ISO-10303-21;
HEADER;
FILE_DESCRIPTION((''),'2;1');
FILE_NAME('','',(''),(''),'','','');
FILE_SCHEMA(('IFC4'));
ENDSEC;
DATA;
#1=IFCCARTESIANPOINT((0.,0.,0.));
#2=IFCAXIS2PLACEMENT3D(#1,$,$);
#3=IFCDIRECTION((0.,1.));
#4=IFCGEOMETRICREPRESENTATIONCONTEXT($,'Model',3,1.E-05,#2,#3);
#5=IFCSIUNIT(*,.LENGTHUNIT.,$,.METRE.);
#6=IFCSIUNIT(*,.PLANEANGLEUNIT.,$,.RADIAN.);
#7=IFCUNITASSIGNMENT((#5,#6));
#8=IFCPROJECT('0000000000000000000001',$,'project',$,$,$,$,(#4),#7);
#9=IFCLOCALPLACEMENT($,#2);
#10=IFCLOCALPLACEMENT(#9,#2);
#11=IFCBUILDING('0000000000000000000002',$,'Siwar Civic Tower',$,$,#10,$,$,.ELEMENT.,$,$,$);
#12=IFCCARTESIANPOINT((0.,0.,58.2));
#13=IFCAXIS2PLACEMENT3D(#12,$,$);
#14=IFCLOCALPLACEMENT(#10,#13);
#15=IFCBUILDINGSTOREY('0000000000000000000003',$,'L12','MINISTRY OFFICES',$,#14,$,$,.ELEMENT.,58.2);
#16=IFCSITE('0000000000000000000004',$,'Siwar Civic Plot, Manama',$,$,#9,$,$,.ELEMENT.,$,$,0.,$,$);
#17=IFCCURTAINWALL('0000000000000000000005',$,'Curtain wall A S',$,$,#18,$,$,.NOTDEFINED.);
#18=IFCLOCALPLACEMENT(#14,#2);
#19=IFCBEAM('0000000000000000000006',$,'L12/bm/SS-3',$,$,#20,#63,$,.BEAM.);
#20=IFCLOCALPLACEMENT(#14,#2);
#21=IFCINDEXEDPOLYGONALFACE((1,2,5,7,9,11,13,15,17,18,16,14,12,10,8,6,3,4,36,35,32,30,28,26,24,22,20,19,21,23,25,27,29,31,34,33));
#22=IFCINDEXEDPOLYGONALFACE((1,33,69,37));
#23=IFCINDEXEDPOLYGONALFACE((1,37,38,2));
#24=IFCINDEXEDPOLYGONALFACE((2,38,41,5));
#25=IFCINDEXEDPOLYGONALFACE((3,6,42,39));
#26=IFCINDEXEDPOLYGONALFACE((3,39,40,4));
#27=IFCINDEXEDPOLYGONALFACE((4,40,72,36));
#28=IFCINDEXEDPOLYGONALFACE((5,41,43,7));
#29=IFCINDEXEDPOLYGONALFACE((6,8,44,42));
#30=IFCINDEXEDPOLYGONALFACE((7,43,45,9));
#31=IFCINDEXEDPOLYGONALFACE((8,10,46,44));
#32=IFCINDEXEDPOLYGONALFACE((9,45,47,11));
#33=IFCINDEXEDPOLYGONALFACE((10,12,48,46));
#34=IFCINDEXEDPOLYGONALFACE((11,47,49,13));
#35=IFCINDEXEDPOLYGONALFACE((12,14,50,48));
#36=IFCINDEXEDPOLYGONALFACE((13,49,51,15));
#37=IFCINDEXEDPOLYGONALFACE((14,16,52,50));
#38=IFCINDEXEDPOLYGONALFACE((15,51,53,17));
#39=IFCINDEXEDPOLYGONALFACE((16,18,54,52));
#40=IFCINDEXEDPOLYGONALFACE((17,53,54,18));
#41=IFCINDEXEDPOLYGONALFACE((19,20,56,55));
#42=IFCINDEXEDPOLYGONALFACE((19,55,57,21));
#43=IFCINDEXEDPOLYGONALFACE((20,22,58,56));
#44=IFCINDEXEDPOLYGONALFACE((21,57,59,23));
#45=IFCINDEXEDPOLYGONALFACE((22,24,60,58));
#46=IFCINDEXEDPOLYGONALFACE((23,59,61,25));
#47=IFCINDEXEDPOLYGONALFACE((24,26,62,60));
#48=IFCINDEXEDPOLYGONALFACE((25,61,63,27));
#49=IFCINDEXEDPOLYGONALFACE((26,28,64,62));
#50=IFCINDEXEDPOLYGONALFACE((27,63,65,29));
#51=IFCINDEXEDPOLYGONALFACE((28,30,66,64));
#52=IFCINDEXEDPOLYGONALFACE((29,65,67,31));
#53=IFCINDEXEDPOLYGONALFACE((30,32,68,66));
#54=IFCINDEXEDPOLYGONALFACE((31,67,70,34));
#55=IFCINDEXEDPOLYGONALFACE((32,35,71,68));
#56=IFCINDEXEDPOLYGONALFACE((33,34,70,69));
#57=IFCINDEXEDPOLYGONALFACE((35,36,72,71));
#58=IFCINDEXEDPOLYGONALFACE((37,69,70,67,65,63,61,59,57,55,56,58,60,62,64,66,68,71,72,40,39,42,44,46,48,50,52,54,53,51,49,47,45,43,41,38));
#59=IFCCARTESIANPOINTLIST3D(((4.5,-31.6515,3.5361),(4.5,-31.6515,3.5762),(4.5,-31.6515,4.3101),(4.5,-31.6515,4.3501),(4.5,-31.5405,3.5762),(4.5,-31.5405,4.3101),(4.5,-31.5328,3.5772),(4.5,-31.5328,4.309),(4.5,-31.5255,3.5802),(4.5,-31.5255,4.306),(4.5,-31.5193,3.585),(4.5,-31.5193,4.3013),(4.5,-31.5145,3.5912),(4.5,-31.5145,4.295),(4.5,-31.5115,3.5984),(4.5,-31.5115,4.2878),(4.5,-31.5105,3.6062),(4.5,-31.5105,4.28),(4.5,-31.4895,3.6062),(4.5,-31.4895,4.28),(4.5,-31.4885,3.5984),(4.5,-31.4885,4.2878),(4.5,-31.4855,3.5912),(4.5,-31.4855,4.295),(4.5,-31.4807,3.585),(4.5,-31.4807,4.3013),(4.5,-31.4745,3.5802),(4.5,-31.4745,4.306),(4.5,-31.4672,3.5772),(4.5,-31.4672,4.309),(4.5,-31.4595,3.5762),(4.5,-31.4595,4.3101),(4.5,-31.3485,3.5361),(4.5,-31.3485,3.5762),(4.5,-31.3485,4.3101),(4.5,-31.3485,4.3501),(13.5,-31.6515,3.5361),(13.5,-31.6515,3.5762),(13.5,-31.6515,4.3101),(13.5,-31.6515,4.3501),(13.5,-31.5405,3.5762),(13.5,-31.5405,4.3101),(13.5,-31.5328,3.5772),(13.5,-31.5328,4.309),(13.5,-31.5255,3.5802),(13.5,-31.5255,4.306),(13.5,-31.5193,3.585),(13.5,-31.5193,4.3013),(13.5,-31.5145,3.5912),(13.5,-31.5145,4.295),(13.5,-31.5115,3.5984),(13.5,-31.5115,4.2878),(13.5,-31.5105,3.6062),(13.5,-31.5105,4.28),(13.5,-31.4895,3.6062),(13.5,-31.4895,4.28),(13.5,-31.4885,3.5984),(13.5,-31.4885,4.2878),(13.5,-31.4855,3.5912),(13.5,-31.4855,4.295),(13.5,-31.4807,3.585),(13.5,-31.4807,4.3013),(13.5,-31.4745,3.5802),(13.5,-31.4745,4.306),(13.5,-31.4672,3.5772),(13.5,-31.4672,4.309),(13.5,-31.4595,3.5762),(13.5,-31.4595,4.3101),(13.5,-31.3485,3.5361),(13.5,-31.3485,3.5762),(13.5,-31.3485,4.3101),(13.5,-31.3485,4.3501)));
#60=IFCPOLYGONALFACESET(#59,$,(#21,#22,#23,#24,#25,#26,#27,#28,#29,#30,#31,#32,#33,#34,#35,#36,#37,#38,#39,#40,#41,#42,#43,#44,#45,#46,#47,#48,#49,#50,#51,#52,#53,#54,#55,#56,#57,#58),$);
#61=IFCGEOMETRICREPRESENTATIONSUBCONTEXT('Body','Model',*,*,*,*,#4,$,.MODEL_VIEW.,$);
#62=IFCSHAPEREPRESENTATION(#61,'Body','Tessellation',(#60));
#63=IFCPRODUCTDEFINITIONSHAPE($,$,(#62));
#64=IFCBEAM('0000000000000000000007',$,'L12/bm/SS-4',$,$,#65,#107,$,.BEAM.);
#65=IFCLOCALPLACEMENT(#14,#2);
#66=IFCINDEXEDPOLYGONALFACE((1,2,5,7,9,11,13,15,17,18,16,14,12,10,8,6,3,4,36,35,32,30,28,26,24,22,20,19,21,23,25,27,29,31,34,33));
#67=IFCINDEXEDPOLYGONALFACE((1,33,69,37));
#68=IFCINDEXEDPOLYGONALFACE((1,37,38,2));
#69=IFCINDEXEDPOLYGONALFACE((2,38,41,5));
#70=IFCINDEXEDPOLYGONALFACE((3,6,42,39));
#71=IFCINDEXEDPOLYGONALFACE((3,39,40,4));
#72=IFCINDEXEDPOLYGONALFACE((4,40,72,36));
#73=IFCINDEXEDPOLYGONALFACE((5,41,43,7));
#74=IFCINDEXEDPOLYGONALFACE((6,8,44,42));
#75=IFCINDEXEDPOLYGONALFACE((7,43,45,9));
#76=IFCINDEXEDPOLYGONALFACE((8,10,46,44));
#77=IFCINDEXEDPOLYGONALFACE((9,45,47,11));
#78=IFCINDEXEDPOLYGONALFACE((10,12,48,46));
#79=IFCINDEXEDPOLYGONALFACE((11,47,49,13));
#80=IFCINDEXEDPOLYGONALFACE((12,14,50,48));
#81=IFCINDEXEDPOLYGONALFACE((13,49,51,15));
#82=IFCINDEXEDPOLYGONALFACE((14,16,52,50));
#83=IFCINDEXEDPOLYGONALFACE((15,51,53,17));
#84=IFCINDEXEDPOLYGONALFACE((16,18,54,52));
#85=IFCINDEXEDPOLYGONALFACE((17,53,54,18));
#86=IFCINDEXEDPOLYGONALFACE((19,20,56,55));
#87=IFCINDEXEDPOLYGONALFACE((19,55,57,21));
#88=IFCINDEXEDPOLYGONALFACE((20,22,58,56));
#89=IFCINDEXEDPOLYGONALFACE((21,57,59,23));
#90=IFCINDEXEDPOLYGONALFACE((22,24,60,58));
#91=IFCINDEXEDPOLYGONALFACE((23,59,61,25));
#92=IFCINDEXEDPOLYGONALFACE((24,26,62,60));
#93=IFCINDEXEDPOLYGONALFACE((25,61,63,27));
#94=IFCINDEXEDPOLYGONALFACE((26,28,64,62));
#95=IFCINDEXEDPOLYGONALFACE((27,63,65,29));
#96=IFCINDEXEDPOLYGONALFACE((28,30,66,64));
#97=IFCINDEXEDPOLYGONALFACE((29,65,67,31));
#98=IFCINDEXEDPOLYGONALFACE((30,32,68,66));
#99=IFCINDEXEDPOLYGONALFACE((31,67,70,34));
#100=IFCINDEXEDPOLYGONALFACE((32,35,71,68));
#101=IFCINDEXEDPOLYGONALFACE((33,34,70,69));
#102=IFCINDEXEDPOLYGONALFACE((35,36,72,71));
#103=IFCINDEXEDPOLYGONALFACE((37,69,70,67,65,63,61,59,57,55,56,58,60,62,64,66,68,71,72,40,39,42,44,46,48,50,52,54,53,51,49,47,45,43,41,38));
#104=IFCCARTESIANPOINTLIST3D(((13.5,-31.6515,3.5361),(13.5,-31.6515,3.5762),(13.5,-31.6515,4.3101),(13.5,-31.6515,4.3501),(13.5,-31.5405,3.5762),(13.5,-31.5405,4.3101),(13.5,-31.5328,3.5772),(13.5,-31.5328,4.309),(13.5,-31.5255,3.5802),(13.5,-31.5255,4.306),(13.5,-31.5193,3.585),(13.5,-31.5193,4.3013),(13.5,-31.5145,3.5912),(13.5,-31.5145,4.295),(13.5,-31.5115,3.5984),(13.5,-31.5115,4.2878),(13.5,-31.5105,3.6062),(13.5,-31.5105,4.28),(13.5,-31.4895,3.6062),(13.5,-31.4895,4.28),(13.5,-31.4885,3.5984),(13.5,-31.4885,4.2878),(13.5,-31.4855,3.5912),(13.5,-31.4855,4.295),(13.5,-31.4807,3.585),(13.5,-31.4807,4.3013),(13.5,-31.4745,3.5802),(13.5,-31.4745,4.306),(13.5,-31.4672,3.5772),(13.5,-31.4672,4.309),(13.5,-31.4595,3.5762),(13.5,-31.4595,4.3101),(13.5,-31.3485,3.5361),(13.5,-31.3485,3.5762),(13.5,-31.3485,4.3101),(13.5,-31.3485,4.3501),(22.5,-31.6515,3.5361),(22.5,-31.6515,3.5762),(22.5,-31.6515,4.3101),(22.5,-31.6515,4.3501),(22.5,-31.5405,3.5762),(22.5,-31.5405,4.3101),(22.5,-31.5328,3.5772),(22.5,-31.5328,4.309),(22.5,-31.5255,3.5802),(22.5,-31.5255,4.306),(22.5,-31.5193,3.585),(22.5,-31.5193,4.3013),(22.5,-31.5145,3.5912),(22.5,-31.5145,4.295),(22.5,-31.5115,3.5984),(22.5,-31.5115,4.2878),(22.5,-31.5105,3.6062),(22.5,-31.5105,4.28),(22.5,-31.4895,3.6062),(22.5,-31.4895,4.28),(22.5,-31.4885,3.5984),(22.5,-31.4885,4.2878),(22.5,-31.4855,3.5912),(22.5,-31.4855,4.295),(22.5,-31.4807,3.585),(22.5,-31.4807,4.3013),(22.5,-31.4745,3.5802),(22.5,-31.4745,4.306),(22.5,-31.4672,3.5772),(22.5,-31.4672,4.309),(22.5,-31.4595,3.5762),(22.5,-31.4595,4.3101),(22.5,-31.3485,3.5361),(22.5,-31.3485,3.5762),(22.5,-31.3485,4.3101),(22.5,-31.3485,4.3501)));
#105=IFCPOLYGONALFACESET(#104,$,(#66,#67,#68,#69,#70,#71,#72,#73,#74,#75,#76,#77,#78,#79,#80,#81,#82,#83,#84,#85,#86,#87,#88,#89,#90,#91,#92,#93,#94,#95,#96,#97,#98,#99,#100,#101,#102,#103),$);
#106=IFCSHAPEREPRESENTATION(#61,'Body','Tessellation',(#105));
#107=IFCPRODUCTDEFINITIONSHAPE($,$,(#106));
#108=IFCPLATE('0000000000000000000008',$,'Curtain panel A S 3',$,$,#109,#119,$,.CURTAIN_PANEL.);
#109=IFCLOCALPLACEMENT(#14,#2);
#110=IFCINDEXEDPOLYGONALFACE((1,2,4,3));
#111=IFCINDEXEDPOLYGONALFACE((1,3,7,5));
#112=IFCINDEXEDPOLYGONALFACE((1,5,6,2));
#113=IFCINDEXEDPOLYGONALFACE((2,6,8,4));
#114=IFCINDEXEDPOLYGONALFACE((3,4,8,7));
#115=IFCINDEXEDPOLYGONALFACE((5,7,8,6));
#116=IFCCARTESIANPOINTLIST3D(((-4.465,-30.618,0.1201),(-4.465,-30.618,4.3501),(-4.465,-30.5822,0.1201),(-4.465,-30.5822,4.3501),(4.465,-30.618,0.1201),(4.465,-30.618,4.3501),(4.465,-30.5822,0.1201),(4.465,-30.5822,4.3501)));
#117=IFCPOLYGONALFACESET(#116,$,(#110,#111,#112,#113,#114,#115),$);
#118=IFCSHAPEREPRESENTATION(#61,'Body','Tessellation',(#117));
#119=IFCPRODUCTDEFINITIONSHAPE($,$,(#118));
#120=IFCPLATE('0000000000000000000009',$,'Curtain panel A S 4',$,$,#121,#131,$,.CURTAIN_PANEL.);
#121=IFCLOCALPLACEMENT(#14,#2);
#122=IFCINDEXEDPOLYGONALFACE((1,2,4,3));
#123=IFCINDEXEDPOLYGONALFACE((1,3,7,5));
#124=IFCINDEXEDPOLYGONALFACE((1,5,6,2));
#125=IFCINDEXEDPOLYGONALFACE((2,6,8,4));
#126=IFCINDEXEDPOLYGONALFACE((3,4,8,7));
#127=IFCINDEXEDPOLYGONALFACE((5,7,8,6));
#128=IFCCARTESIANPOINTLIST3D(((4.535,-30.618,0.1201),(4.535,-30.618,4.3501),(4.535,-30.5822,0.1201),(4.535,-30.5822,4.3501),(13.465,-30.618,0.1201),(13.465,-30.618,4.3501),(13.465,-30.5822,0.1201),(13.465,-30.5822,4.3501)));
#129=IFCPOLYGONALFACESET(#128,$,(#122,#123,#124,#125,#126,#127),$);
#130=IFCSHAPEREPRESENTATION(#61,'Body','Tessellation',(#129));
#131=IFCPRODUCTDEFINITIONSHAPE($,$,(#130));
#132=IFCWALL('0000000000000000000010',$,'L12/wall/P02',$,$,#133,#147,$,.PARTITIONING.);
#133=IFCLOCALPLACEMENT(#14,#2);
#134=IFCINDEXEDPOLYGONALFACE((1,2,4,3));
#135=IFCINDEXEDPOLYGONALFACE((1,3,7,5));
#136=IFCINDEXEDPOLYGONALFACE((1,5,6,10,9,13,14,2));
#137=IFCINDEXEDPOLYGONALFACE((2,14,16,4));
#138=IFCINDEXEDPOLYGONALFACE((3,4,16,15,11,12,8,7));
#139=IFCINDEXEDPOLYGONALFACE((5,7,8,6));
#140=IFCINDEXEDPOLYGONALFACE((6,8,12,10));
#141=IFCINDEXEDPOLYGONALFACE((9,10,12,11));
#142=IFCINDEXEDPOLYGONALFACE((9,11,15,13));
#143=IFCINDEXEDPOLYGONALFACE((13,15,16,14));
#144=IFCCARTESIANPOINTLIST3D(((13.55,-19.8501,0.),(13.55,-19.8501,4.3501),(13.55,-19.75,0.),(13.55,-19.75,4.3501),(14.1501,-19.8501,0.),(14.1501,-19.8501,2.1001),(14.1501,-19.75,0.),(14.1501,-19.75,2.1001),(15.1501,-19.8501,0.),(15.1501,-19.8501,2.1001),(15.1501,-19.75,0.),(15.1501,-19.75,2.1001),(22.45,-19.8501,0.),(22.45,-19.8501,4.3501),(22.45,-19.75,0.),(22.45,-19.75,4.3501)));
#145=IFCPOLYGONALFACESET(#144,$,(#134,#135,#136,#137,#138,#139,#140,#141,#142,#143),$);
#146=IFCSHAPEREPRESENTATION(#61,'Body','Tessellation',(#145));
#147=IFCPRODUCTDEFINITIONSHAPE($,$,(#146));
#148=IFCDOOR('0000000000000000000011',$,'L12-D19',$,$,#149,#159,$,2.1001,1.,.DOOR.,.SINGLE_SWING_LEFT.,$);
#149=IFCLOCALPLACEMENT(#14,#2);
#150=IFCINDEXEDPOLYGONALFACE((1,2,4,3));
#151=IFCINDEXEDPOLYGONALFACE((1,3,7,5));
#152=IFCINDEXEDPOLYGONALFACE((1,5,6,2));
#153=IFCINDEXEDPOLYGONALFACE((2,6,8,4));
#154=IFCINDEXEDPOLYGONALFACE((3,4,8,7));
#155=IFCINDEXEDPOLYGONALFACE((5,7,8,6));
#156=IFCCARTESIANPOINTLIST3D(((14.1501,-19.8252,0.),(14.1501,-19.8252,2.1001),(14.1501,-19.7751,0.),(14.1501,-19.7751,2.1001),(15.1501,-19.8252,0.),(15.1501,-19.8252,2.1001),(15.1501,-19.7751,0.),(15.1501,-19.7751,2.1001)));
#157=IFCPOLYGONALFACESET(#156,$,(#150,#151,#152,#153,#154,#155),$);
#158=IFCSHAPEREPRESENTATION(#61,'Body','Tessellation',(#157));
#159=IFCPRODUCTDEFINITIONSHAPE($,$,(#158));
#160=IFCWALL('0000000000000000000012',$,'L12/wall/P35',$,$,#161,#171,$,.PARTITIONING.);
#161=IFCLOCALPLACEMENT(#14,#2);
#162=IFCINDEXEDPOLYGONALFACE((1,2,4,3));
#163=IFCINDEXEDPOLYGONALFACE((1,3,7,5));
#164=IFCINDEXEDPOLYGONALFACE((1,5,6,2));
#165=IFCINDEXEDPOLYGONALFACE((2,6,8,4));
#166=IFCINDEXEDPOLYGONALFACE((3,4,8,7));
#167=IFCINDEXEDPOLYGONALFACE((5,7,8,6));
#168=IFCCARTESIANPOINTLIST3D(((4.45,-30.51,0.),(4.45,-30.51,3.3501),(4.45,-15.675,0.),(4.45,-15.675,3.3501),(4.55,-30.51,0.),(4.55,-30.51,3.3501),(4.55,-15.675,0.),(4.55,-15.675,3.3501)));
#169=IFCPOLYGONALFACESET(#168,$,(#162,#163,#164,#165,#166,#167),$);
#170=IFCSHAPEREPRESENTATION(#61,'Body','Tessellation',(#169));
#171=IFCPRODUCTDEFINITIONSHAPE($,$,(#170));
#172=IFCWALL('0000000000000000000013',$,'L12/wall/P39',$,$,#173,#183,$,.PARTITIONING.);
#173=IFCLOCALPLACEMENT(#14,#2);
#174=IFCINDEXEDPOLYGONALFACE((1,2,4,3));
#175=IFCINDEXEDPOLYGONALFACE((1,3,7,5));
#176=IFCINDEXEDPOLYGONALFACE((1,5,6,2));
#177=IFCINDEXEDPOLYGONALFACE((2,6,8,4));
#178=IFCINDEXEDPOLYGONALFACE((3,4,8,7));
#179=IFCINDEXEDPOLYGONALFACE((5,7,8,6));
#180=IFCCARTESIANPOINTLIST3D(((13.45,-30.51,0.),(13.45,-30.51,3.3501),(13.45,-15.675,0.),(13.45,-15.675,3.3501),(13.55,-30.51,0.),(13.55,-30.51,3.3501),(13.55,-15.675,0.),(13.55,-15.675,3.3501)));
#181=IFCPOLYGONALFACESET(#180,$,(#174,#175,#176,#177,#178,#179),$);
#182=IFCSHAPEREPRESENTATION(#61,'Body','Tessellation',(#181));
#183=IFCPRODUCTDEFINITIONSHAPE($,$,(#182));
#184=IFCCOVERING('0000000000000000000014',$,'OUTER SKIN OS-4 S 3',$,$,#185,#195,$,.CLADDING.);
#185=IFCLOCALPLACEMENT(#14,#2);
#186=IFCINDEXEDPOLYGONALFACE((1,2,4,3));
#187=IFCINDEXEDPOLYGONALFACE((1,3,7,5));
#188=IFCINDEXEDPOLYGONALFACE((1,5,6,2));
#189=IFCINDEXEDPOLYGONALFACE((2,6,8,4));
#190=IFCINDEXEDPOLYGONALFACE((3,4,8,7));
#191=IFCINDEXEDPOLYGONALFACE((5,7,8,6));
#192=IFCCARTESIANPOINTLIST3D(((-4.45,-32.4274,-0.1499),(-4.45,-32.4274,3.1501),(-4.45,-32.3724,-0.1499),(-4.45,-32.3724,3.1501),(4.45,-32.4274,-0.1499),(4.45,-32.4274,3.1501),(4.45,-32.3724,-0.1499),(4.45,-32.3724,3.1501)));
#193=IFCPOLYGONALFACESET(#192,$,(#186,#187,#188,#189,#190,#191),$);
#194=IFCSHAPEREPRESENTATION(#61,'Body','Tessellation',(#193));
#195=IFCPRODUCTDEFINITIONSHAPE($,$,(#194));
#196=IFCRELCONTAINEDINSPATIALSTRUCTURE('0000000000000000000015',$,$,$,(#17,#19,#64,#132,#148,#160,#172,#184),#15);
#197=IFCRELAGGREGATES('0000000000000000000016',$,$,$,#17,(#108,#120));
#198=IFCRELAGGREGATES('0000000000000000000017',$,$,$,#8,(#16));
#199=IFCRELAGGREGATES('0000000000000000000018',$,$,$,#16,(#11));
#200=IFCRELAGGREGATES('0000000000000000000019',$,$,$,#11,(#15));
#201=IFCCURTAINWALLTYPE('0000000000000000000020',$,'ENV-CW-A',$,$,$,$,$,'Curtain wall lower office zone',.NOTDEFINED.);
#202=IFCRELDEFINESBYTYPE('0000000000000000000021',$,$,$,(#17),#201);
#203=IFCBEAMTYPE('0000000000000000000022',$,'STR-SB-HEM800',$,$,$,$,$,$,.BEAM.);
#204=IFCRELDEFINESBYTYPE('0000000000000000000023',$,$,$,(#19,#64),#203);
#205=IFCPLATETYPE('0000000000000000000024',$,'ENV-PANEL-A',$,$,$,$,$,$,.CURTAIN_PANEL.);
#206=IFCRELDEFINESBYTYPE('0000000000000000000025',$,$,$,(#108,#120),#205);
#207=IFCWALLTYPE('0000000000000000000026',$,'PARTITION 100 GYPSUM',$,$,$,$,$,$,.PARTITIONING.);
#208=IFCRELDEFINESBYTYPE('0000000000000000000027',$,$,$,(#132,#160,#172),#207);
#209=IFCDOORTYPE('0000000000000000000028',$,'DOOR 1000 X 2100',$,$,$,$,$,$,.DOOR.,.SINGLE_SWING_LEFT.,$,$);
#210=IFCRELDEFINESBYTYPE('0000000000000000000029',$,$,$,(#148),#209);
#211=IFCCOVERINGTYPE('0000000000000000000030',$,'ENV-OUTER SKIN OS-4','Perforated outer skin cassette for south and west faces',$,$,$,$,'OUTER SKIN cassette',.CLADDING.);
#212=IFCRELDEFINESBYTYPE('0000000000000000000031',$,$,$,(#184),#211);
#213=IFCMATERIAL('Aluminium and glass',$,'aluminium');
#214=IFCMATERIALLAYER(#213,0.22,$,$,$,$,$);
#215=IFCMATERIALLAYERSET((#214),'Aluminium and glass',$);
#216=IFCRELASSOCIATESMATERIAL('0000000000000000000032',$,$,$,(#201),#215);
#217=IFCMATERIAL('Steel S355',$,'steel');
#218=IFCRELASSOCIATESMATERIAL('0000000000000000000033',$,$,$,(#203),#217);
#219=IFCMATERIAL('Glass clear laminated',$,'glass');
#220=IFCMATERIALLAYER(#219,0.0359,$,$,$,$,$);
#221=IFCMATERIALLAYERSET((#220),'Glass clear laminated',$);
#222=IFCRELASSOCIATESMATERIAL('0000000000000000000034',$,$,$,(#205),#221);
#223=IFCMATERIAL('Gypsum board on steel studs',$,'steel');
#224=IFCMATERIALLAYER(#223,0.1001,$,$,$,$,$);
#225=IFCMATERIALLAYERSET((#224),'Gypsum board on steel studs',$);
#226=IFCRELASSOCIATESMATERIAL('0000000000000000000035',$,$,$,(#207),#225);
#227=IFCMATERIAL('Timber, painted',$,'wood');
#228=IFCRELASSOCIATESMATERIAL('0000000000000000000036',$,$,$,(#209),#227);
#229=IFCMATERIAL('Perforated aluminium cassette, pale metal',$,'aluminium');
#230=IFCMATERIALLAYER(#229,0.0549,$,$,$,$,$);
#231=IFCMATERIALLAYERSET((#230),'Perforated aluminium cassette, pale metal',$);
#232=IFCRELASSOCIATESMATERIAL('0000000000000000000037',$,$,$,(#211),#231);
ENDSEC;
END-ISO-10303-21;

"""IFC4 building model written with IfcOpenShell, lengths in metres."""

from ifc_helpers import new_model, si_unit, direction, frame, frame_2d, origin, origin_2d, place, context, subcontext, project, spatial, rectangle, i_section, extrude, material, layer, layer_set, material_profile, profile_set, type_object, element, fill, aggregate, save


model = new_model("IFC4")

# Units and contexts
model_context = context("Model", 3, precision=1e-05, world=origin(), true_north=direction((0.0, 1.0)))
body_context = subcontext(model_context, "Body", "Model", "MODEL_VIEW")
ifc_project = project(units=[si_unit("LENGTHUNIT", "METRE"), si_unit("PLANEANGLEUNIT", "RADIAN")], contexts=[model_context])

# Site, building, storey
site_placement = place(None, origin())
site = spatial("IfcSite", under=ifc_project, at=site_placement, Name="Siwar Civic Plot, Manama", CompositionType="ELEMENT", RefElevation=0.0)
building_placement = place(site_placement, origin())
building = spatial("IfcBuilding", under=site, at=building_placement, Name="Siwar Civic Tower", CompositionType="ELEMENT")
storey_placement = place(building_placement, frame((0.0, 0.0, 58.2)))
storey = spatial("IfcBuildingStorey", under=building, at=storey_placement, Name="L12", Description="MINISTRY OFFICES", CompositionType="ELEMENT", Elevation=58.2)

# Curtain wall
ifc_material_1 = material(Name="Aluminium and glass", Category="aluminium")
ifc_layer_1 = layer(ifc_material_1, 0.22)
ifc_layer_set_1 = layer_set([ifc_layer_1], Name="Aluminium and glass")
curtain_wall_type = type_object("IfcCurtainWallType", Name="ENV-CW-A", ElementType="Curtain wall lower office zone", PredefinedType="NOTDEFINED", material=ifc_layer_set_1)
curtain_wall_placement = place(storey_placement, origin())
curtain_wall = element("IfcCurtainWall", 1, at=curtain_wall_placement, inside=storey, type_object=curtain_wall_type, Name="Curtain wall A S", PredefinedType="NOTDEFINED")

# Beams
ifc_material_2 = material(Name="Steel S355", Category="steel")
ifc_material_profile_1 = material_profile(ifc_material_2, i_section(OverallWidth=0.303, OverallDepth=0.814, WebThickness=0.021, FlangeThickness=0.04, FilletRadius=0.03, at=origin_2d()), Name="HEM800")
ifc_profile_set_1 = profile_set([ifc_material_profile_1], Name="Steel S355")
beam_type_1 = type_object("IfcBeamType", Name="STR-SB-HEM800", PredefinedType="BEAM", material=ifc_profile_set_1)
for number, where, z_axis, x_axis, name in (
    (2, (4.5, -31.5, 3.9431), (1.0, 0.0, 0.0), (0.0, 1.0, 0.0), "L12/bm/SS-3"),
    (3, (13.5, -31.5, 3.9431), (1.0, 0.0, 0.0), (0.0, 1.0, 0.0), "L12/bm/SS-4"),
):
    element("IfcBeam", number, at=place(storey_placement, frame(where, z_axis=z_axis, x_axis=x_axis)), inside=storey, type_object=beam_type_1, Name=name, PredefinedType="BEAM", context=body_context, shape_type="SweptSolid", body=[
        extrude(i_section(OverallWidth=0.303, OverallDepth=0.814, WebThickness=0.021, FlangeThickness=0.04, FilletRadius=0.03, at=origin_2d()), origin(), (0.0, 0.0, 1.0), 9.0),
    ])

# Plates
ifc_material_3 = material(Name="Glass clear laminated", Category="glass")
ifc_layer_2 = layer(ifc_material_3, 0.0359)
ifc_layer_set_2 = layer_set([ifc_layer_2], Name="Glass clear laminated")
plate_type = type_object("IfcPlateType", Name="ENV-PANEL-A", PredefinedType="CURTAIN_PANEL", material=ifc_layer_set_2)
plate_1_placement = place(storey_placement, frame((0.0, -30.6001, 0.1201), z_axis=(0.0, 0.0, 1.0), x_axis=(1.0, 0.0, 0.0)))
plate_1 = element("IfcPlate", 4, at=plate_1_placement, type_object=plate_type, Name="Curtain panel A S 3", PredefinedType="CURTAIN_PANEL", context=body_context, shape_type="SweptSolid", body=[
    extrude(rectangle(XDim=8.9299, YDim=0.0359, at=origin_2d()), origin(), (0.0, 0.0, 1.0), 4.23),
])
plate_2_placement = place(storey_placement, frame((9.0, -30.6001, 0.1201), z_axis=(0.0, 0.0, 1.0), x_axis=(1.0, 0.0, 0.0)))
plate_2 = element("IfcPlate", 5, at=plate_2_placement, type_object=plate_type, Name="Curtain panel A S 4", PredefinedType="CURTAIN_PANEL", context=body_context, shape_type="SweptSolid", body=[
    extrude(rectangle(XDim=8.9299, YDim=0.0359, at=origin_2d()), origin(), (0.0, 0.0, 1.0), 4.23),
])
aggregate(curtain_wall, [plate_1, plate_2])

# Wall, opening, door
ifc_material_4 = material(Name="Gypsum board on steel studs", Category="steel")
ifc_layer_3 = layer(ifc_material_4, 0.1001)
ifc_layer_set_3 = layer_set([ifc_layer_3], Name="Gypsum board on steel studs")
wall_type = type_object("IfcWallType", Name="PARTITION 100 GYPSUM", PredefinedType="PARTITIONING", material=ifc_layer_set_3)
wall_placement = place(storey_placement, frame((13.55, -19.8, 0.0), z_axis=(0.0, 0.0, 1.0), x_axis=(1.0, 0.0, 0.0)))
wall = element("IfcWall", 6, at=wall_placement, inside=storey, type_object=wall_type, Name="L12/wall/P02", PredefinedType="PARTITIONING", context=body_context, shape_type="SweptSolid", body=[
    extrude(rectangle(XDim=8.8999, YDim=0.1001, at=frame_2d((4.45, 0.0))), origin(), (0.0, 0.0, 1.0), 4.3501),
])
opening_placement = place(wall_placement, frame((0.6001, 0.0, 0.0)))
opening = element("IfcOpeningElement", 7, at=opening_placement, cuts=wall, PredefinedType="OPENING", context=body_context, shape_type="SweptSolid", body=[
    extrude(rectangle(XDim=1.0, YDim=2.1001, at=frame_2d((0.5, 1.05))), frame((0.0, 0.0601, 0.0), z_axis=(0.0, -1.0, 0.0), x_axis=(1.0, 0.0, 0.0)), (0.0, 0.0, 1.0), 0.1201),
])
ifc_material_5 = material(Name="Timber, painted", Category="wood")
door_type = type_object("IfcDoorType", Name="DOOR 1000 X 2100", OperationType="SINGLE_SWING_LEFT", PredefinedType="DOOR", material=ifc_material_5)
door_placement = place(opening_placement, origin())
door = element("IfcDoor", 8, at=door_placement, inside=storey, type_object=door_type, Name="L12-D19", OperationType="SINGLE_SWING_LEFT", OverallHeight=2.1001, OverallWidth=1.0, PredefinedType="DOOR", context=body_context, shape_type="SweptSolid", body=[
    extrude(rectangle(XDim=1.0, YDim=2.1001, at=frame_2d((0.5, 1.05))), frame((0.0, 0.0249, 0.0), z_axis=(0.0, -1.0, 0.0), x_axis=(1.0, 0.0, 0.0)), (0.0, 0.0, 1.0), 0.05),
])
fill(opening, door)

# Walls
for number, where, z_axis, x_axis, name in (
    (9, (4.5, -30.51, 0.0), (0.0, 0.0, 1.0), (0.0, 1.0, 0.0), "L12/wall/P35"),
    (10, (13.5, -30.51, 0.0), (0.0, 0.0, 1.0), (0.0, 1.0, 0.0), "L12/wall/P39"),
):
    element("IfcWall", number, at=place(storey_placement, frame(where, z_axis=z_axis, x_axis=x_axis)), inside=storey, type_object=wall_type, Name=name, PredefinedType="PARTITIONING", context=body_context, shape_type="SweptSolid", body=[
        extrude(rectangle(XDim=14.835, YDim=0.1001, at=frame_2d((7.4175, 0.0))), origin(), (0.0, 0.0, 1.0), 3.3501),
    ])

# Covering
ifc_material_6 = material(Name="Perforated aluminium cassette, pale metal", Category="aluminium")
ifc_layer_4 = layer(ifc_material_6, 0.0549)
ifc_layer_set_4 = layer_set([ifc_layer_4], Name="Perforated aluminium cassette, pale metal")
covering_type = type_object("IfcCoveringType", Name="ENV-OUTER SKIN OS-4", Description="Perforated outer skin cassette for south and west faces", ElementType="OUTER SKIN cassette", PredefinedType="CLADDING", material=ifc_layer_set_4)
for number, where, z_axis, x_axis, name in (
    (11, (0.0, -32.3999, -0.1499), (0.0, 0.0, 1.0), (1.0, 0.0, 0.0), "OUTER SKIN OS-4 S 3"),
):
    element("IfcCovering", number, at=place(storey_placement, frame(where, z_axis=z_axis, x_axis=x_axis)), inside=storey, type_object=covering_type, Name=name, PredefinedType="CLADDING", context=body_context, shape_type="SweptSolid", body=[
        extrude(rectangle(XDim=8.8999, YDim=0.0549, at=origin_2d()), origin(), (0.0, 0.0, 1.0), 3.3),
    ])

save(model, "model.ifc")
